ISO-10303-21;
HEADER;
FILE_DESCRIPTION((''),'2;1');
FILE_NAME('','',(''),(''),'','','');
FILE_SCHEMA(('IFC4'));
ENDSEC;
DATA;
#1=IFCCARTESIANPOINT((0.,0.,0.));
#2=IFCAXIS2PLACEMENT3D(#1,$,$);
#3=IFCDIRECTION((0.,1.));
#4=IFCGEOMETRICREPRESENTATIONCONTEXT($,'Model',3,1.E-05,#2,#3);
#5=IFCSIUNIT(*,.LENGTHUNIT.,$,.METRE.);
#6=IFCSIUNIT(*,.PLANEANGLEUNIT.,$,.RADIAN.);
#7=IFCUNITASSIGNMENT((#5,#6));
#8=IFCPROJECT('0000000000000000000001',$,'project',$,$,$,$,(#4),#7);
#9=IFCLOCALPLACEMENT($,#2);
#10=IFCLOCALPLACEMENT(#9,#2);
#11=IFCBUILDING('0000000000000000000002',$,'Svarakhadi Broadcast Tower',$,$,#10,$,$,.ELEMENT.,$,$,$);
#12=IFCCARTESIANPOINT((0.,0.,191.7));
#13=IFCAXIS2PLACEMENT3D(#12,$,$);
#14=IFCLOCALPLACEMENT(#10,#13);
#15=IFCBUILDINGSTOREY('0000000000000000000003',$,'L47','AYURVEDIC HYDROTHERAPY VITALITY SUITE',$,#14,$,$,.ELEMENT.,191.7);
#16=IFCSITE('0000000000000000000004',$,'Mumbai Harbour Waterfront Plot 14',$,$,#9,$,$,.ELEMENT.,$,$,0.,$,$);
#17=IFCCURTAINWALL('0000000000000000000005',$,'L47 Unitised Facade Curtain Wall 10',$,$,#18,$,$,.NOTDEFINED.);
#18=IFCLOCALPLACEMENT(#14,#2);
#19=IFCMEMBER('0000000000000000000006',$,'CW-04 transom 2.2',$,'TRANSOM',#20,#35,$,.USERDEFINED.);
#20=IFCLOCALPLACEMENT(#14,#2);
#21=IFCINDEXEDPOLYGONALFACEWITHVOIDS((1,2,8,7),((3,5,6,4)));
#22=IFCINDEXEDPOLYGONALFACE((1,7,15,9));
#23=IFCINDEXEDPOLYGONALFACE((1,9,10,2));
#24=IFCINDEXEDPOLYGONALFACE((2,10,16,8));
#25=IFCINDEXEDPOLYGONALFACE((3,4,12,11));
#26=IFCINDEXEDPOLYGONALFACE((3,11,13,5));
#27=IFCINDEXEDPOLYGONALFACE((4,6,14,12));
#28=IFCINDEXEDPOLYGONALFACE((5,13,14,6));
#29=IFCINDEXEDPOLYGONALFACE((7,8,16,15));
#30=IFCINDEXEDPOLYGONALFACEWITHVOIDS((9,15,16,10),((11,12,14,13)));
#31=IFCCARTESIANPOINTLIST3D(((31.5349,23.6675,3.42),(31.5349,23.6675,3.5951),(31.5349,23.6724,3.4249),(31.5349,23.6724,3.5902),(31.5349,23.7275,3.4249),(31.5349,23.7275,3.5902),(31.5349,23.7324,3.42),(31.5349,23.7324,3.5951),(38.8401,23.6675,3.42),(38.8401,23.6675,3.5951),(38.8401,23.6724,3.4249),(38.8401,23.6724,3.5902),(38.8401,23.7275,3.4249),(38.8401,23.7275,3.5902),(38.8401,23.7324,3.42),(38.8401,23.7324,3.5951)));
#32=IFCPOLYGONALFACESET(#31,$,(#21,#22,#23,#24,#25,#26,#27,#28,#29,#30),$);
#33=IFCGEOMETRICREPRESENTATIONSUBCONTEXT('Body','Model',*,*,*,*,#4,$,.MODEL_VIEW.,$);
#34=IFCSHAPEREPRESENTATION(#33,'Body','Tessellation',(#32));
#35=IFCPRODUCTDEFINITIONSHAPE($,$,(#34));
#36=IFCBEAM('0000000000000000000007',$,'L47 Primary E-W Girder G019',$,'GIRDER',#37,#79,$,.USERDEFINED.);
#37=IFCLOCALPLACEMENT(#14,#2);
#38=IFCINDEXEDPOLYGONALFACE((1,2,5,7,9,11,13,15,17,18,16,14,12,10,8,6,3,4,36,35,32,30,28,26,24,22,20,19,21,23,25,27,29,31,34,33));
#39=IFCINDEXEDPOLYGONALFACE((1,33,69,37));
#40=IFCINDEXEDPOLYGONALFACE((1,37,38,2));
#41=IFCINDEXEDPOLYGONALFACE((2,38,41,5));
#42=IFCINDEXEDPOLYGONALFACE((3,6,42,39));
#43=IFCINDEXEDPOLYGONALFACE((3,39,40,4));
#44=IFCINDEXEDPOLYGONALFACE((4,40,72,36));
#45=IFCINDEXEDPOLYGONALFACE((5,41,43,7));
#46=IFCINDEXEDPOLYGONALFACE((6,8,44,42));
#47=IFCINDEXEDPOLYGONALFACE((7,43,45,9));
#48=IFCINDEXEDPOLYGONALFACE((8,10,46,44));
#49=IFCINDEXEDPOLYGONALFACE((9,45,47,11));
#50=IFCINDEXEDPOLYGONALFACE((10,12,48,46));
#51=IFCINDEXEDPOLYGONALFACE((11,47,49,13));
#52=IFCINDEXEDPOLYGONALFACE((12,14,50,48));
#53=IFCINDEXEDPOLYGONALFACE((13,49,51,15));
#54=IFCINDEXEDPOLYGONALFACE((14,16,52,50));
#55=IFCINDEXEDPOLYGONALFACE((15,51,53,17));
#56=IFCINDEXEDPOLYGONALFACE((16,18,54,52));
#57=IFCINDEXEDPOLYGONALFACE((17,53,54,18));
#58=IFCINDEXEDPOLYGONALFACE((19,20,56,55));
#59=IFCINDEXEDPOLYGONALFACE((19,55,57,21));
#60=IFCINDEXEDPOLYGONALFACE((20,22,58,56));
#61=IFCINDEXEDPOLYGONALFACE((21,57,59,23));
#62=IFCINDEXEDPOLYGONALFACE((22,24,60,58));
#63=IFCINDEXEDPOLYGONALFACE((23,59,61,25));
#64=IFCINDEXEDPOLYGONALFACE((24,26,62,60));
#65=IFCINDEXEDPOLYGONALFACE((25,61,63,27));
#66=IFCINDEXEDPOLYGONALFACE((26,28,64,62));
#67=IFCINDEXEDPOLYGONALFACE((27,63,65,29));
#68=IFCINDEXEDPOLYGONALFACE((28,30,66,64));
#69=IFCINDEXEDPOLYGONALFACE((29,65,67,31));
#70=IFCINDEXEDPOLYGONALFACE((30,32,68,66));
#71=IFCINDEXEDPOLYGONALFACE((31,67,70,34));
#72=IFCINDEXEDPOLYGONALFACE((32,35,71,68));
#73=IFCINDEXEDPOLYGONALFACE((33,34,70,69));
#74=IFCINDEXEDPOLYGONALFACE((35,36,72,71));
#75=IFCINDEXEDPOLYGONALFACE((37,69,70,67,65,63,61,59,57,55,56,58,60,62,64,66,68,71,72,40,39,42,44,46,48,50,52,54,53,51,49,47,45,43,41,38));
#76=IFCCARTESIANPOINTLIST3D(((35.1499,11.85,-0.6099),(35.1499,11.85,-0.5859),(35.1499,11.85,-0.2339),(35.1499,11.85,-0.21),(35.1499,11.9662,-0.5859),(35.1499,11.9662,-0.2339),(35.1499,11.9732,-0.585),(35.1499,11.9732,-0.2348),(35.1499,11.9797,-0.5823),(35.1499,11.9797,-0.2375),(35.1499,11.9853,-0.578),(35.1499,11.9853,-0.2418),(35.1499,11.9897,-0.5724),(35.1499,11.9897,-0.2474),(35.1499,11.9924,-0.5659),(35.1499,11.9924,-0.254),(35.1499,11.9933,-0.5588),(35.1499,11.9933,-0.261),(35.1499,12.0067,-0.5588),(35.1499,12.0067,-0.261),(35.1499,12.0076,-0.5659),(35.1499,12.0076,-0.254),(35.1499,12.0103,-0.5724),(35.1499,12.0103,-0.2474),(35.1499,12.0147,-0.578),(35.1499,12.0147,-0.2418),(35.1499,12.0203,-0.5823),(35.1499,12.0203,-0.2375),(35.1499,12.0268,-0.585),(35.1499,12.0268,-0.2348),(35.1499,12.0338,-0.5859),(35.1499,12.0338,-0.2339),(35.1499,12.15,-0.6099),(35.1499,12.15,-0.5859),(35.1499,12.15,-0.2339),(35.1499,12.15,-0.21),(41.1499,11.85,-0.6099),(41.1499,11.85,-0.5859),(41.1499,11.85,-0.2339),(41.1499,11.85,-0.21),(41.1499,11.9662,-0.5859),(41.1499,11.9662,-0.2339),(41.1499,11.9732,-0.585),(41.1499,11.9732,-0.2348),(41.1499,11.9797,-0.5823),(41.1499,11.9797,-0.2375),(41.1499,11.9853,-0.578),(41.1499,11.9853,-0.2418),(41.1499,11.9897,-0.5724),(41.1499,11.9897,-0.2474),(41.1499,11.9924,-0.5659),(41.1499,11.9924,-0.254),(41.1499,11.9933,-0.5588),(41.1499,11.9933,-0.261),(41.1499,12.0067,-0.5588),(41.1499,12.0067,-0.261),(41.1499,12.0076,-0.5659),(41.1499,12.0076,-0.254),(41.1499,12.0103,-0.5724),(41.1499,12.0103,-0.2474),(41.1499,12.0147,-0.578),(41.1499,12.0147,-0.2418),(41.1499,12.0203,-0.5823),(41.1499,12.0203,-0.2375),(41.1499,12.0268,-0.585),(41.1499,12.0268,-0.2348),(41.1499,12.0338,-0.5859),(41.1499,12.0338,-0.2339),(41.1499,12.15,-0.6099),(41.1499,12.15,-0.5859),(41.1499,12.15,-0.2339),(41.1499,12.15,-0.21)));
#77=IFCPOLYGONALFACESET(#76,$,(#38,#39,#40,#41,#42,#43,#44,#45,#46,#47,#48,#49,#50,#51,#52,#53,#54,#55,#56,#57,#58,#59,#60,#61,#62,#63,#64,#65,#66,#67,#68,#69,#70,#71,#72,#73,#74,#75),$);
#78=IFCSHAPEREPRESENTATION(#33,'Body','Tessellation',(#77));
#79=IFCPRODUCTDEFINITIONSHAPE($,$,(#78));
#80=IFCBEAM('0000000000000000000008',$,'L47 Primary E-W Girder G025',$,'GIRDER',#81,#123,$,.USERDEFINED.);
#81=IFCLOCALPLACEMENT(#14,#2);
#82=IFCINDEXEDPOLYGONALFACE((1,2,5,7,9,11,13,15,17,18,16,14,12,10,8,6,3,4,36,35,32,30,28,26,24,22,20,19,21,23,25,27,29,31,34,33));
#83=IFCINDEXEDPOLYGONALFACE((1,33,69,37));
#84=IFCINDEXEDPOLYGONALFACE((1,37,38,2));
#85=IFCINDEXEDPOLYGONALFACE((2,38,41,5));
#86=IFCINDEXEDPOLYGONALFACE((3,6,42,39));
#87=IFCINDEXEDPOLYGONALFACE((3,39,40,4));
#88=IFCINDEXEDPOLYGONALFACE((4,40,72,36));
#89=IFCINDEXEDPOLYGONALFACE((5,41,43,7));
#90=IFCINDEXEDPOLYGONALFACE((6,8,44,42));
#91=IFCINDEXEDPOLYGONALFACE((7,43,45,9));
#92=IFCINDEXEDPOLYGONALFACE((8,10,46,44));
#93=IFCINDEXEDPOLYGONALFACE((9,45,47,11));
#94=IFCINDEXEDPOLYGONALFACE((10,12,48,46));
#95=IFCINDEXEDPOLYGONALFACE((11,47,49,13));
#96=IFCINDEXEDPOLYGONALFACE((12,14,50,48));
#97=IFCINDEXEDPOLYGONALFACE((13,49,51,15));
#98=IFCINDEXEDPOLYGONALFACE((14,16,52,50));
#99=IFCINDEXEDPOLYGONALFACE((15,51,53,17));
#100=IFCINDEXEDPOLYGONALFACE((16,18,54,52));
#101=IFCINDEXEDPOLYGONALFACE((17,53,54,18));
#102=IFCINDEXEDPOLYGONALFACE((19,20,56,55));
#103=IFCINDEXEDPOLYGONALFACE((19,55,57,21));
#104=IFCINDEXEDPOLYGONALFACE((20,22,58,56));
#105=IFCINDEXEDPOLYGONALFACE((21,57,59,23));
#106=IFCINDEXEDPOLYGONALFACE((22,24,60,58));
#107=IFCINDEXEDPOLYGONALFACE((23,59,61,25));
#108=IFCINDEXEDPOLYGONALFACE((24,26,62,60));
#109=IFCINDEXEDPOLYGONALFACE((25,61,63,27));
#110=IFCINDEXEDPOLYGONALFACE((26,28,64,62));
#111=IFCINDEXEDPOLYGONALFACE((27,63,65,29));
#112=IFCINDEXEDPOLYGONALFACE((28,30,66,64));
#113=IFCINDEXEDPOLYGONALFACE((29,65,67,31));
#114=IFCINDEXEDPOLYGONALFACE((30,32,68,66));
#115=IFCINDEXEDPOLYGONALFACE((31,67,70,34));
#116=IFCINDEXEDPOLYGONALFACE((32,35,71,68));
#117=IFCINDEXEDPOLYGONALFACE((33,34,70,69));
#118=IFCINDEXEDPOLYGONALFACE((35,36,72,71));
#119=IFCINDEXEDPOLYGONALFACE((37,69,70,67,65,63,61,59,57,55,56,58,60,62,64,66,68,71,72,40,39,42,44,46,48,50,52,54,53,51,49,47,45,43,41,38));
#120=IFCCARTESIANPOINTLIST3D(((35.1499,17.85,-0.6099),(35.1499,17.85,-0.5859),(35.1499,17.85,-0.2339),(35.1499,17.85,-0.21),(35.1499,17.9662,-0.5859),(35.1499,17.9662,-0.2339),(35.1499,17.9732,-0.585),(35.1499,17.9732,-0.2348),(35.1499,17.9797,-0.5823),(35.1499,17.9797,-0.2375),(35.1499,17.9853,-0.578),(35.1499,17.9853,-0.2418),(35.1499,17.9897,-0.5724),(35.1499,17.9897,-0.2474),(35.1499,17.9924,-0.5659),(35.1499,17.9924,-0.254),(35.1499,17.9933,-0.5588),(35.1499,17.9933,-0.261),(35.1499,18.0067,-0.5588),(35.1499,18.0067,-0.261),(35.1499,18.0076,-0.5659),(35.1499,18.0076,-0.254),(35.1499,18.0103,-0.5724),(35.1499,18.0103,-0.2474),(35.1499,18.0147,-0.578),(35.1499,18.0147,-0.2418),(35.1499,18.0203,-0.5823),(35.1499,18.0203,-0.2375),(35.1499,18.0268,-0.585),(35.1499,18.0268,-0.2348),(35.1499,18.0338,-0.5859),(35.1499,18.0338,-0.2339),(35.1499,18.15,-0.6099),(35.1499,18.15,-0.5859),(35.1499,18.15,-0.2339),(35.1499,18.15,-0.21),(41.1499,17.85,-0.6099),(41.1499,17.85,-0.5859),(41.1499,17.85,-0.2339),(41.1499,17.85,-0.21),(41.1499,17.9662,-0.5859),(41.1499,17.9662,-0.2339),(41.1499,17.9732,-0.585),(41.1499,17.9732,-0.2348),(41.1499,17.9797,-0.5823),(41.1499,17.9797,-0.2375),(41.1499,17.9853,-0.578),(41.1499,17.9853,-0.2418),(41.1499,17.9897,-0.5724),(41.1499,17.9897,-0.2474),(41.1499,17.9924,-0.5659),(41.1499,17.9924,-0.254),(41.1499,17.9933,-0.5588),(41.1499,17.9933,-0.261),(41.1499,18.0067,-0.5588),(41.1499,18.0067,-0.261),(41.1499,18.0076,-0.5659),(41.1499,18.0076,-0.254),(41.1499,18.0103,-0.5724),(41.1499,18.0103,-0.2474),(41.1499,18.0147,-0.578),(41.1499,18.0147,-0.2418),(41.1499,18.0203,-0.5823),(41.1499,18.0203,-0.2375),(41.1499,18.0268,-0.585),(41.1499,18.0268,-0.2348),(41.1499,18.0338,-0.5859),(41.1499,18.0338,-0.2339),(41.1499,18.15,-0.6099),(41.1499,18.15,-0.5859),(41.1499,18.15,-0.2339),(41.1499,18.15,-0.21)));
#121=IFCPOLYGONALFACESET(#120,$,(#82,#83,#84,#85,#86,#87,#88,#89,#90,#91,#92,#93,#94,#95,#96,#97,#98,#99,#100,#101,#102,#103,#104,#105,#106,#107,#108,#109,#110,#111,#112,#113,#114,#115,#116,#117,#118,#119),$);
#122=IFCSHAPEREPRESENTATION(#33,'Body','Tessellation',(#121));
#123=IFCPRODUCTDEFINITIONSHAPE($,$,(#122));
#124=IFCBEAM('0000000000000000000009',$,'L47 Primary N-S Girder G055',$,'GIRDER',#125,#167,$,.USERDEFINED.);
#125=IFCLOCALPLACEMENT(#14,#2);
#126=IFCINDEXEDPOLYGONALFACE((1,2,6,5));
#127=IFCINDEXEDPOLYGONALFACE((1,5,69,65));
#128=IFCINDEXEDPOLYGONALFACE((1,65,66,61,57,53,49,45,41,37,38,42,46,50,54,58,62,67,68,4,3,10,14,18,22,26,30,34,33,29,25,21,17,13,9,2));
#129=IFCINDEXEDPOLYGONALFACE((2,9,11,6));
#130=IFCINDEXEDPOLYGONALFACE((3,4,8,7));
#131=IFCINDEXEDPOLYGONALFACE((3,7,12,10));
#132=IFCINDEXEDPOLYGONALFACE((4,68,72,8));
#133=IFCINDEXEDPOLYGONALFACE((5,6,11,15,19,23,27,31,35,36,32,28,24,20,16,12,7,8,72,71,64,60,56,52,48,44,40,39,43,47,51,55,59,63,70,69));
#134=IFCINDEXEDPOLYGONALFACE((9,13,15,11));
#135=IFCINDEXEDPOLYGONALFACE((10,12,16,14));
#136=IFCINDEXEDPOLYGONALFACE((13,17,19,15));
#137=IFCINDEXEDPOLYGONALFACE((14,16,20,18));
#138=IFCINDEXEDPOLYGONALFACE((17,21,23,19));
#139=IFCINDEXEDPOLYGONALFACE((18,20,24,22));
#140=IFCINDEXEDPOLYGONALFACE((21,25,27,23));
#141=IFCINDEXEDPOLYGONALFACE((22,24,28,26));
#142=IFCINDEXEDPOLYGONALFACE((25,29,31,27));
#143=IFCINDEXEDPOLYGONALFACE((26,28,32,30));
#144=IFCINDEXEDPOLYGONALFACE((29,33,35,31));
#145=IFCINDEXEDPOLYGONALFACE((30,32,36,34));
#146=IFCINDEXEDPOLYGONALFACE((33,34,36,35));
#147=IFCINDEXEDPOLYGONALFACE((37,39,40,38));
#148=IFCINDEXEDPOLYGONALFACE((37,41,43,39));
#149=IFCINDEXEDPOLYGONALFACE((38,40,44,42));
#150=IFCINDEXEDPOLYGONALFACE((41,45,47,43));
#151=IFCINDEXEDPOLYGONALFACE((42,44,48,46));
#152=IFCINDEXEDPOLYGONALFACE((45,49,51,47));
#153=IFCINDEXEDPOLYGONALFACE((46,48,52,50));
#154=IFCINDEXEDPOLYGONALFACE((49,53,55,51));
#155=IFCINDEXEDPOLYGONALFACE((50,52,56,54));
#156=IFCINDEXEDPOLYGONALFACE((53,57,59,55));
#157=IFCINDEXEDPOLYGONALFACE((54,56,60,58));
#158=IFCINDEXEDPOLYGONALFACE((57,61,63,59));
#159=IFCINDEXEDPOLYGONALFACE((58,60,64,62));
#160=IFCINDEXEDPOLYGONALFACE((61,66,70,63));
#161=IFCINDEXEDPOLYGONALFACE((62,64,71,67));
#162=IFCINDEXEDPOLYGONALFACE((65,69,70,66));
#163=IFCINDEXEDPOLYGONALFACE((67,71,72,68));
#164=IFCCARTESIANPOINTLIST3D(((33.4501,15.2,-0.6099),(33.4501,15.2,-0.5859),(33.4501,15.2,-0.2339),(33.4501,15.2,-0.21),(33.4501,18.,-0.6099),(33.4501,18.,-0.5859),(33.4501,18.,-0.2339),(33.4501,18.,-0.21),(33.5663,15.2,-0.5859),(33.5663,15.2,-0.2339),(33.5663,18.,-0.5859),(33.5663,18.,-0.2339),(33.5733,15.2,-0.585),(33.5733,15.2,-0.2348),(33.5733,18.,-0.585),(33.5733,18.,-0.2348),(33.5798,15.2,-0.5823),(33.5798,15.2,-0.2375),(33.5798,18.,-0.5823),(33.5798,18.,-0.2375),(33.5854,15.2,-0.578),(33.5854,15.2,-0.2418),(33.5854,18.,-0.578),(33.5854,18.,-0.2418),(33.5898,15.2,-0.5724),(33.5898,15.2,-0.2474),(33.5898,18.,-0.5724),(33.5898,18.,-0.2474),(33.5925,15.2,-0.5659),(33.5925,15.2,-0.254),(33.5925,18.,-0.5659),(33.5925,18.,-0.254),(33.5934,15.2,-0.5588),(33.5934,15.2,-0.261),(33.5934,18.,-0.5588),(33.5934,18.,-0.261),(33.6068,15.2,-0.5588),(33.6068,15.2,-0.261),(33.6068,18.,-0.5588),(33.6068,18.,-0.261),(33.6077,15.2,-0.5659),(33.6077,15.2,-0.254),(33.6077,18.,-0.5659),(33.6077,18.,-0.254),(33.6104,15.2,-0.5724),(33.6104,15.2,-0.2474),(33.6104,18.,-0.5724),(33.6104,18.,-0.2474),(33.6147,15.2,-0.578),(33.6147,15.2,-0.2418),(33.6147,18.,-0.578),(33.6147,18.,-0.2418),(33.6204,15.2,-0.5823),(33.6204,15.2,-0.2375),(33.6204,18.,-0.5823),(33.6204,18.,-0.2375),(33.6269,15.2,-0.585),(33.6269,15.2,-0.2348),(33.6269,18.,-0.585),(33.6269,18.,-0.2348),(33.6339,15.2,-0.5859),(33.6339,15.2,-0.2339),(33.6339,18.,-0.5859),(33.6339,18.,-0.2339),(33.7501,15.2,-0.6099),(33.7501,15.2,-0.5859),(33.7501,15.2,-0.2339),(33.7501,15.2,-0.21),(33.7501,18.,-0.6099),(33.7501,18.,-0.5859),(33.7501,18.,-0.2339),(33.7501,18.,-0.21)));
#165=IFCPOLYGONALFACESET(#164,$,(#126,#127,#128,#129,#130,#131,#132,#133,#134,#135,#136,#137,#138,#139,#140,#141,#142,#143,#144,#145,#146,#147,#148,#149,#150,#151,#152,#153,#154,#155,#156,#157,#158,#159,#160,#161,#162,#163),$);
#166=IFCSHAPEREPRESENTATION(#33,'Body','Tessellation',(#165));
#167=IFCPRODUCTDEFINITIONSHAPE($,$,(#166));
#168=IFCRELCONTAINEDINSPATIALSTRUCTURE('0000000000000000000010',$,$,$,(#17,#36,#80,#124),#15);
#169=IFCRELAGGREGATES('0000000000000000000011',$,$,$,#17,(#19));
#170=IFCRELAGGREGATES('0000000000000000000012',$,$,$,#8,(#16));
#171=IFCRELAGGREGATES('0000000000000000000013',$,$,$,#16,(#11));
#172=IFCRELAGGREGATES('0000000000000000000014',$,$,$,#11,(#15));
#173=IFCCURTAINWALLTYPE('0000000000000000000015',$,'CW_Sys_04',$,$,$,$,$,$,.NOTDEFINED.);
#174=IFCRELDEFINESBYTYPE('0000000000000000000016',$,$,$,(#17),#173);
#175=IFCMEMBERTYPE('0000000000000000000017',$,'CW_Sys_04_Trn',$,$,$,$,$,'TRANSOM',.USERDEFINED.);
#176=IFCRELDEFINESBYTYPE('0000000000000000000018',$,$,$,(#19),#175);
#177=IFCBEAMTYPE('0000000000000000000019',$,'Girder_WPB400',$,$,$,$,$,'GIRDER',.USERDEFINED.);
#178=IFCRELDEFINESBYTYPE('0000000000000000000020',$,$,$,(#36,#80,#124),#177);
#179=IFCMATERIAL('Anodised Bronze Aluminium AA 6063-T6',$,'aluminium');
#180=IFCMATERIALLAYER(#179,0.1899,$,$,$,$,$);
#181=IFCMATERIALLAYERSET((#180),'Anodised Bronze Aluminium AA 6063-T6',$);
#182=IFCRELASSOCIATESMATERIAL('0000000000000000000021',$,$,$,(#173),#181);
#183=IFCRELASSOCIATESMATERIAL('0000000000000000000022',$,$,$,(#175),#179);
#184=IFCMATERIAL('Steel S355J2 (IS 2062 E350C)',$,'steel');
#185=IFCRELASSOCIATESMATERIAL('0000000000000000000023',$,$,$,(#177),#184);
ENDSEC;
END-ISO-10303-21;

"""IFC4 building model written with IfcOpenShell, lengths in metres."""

from ifc_helpers import new_model, si_unit, direction, frame, origin, origin_2d, place, context, subcontext, project, spatial, hollow_rectangle, i_section, extrude, material, layer, layer_set, material_profile, profile_set, type_object, element, aggregate, save


model = new_model("IFC4")

# Units and contexts
model_context = context("Model", 3, precision=1e-05, world=origin(), true_north=direction((0.0, 1.0)))
body_context = subcontext(model_context, "Body", "Model", "MODEL_VIEW")
ifc_project = project(units=[si_unit("LENGTHUNIT", "METRE"), si_unit("PLANEANGLEUNIT", "RADIAN")], contexts=[model_context])

# Site, building, storey
site_placement = place(None, origin())
site = spatial("IfcSite", under=ifc_project, at=site_placement, Name="Mumbai Harbour Waterfront Plot 14", CompositionType="ELEMENT", RefElevation=0.0)
building_placement = place(site_placement, origin())
building = spatial("IfcBuilding", under=site, at=building_placement, Name="Svarakhadi Broadcast Tower", CompositionType="ELEMENT")
storey_placement = place(building_placement, frame((0.0, 0.0, 191.7)))
storey = spatial("IfcBuildingStorey", under=building, at=storey_placement, Name="L47", Description="AYURVEDIC HYDROTHERAPY VITALITY SUITE", CompositionType="ELEMENT", Elevation=191.7)

# Shared definitions
ifc_material_1 = material(Name="Steel S355J2 (IS 2062 E350C)", Category="steel")

# Curtain wall, member
ifc_material_2 = material(Name="Anodised Bronze Aluminium AA 6063-T6", Category="aluminium")
ifc_layer_1 = layer(ifc_material_2, 0.1899)
ifc_layer_set_1 = layer_set([ifc_layer_1], Name="Anodised Bronze Aluminium AA 6063-T6")
curtain_wall_type = type_object("IfcCurtainWallType", Name="CW_Sys_04", PredefinedType="NOTDEFINED", material=ifc_layer_set_1)
curtain_wall_placement = place(storey_placement, origin())
curtain_wall = element("IfcCurtainWall", 1, at=curtain_wall_placement, inside=storey, type_object=curtain_wall_type, Name="L47 Unitised Facade Curtain Wall 10", PredefinedType="NOTDEFINED")
ifc_material_profile_1 = material_profile(ifc_material_2, hollow_rectangle(XDim=0.0649, YDim=0.175, WallThickness=0.0049, at=origin_2d()), Name="ALU TRANSOM 175x65x5")
ifc_profile_set_1 = profile_set([ifc_material_profile_1], Name="Anodised Bronze Aluminium AA 6063-T6")
member_type_1 = type_object("IfcMemberType", Name="CW_Sys_04_Trn", ElementType="TRANSOM", PredefinedType="USERDEFINED", material=ifc_profile_set_1)
member_1_placement = place(storey_placement, frame((31.5349, 23.7, 3.5076), z_axis=(1.0, 0.0, 0.0), x_axis=(0.0, 1.0, 0.0)))
member_1 = element("IfcMember", 2, at=member_1_placement, type_object=member_type_1, Name="CW-04 transom 2.2", ObjectType="TRANSOM", PredefinedType="USERDEFINED", context=body_context, shape_type="SweptSolid", body=[
    extrude(hollow_rectangle(XDim=0.0649, YDim=0.175, WallThickness=0.0049, at=origin_2d()), origin(), (0.0, 0.0, 1.0), 7.3052),
])

# Beams
ifc_material_profile_2 = material_profile(ifc_material_1, i_section(OverallWidth=0.3, OverallDepth=0.3999, WebThickness=0.0134, FlangeThickness=0.0239, FilletRadius=0.0271, at=origin_2d()), Name="WPB 400x300x155")
ifc_profile_set_2 = profile_set([ifc_material_profile_2], Name="Steel S355J2 (IS 2062 E350C)")
beam_type_1 = type_object("IfcBeamType", Name="Girder_WPB400", ElementType="GIRDER", PredefinedType="USERDEFINED", material=ifc_profile_set_2)
for number, where, z_axis, x_axis, name in (
    (3, (35.1499, 12.0, -0.4099), (1.0, 0.0, 0.0), (0.0, 1.0, 0.0), "L47 Primary E-W Girder G019"),
    (4, (35.1499, 18.0, -0.4099), (1.0, 0.0, 0.0), (0.0, 1.0, 0.0), "L47 Primary E-W Girder G025"),
):
    element("IfcBeam", number, at=place(storey_placement, frame(where, z_axis=z_axis, x_axis=x_axis)), inside=storey, type_object=beam_type_1, Name=name, ObjectType="GIRDER", PredefinedType="USERDEFINED", context=body_context, shape_type="SweptSolid", body=[
        extrude(i_section(OverallWidth=0.3, OverallDepth=0.3999, WebThickness=0.0134, FlangeThickness=0.0239, FilletRadius=0.0271, at=origin_2d()), origin(), (0.0, 0.0, 1.0), 6.0),
    ])
beam_1_placement = place(storey_placement, frame((33.6001, 15.2, -0.4099), z_axis=(0.0, 1.0, 0.0), x_axis=(-1.0, 0.0, 0.0)))
element("IfcBeam", 5, at=beam_1_placement, inside=storey, type_object=beam_type_1, Name="L47 Primary N-S Girder G055", ObjectType="GIRDER", PredefinedType="USERDEFINED", context=body_context, shape_type="SweptSolid", body=[
    extrude(i_section(OverallWidth=0.3, OverallDepth=0.3999, WebThickness=0.0134, FlangeThickness=0.0239, FilletRadius=0.0271, at=origin_2d()), origin(), (0.0, 0.0, 1.0), 2.8),
])

aggregate(curtain_wall, [member_1])

save(model, "model.ifc")
